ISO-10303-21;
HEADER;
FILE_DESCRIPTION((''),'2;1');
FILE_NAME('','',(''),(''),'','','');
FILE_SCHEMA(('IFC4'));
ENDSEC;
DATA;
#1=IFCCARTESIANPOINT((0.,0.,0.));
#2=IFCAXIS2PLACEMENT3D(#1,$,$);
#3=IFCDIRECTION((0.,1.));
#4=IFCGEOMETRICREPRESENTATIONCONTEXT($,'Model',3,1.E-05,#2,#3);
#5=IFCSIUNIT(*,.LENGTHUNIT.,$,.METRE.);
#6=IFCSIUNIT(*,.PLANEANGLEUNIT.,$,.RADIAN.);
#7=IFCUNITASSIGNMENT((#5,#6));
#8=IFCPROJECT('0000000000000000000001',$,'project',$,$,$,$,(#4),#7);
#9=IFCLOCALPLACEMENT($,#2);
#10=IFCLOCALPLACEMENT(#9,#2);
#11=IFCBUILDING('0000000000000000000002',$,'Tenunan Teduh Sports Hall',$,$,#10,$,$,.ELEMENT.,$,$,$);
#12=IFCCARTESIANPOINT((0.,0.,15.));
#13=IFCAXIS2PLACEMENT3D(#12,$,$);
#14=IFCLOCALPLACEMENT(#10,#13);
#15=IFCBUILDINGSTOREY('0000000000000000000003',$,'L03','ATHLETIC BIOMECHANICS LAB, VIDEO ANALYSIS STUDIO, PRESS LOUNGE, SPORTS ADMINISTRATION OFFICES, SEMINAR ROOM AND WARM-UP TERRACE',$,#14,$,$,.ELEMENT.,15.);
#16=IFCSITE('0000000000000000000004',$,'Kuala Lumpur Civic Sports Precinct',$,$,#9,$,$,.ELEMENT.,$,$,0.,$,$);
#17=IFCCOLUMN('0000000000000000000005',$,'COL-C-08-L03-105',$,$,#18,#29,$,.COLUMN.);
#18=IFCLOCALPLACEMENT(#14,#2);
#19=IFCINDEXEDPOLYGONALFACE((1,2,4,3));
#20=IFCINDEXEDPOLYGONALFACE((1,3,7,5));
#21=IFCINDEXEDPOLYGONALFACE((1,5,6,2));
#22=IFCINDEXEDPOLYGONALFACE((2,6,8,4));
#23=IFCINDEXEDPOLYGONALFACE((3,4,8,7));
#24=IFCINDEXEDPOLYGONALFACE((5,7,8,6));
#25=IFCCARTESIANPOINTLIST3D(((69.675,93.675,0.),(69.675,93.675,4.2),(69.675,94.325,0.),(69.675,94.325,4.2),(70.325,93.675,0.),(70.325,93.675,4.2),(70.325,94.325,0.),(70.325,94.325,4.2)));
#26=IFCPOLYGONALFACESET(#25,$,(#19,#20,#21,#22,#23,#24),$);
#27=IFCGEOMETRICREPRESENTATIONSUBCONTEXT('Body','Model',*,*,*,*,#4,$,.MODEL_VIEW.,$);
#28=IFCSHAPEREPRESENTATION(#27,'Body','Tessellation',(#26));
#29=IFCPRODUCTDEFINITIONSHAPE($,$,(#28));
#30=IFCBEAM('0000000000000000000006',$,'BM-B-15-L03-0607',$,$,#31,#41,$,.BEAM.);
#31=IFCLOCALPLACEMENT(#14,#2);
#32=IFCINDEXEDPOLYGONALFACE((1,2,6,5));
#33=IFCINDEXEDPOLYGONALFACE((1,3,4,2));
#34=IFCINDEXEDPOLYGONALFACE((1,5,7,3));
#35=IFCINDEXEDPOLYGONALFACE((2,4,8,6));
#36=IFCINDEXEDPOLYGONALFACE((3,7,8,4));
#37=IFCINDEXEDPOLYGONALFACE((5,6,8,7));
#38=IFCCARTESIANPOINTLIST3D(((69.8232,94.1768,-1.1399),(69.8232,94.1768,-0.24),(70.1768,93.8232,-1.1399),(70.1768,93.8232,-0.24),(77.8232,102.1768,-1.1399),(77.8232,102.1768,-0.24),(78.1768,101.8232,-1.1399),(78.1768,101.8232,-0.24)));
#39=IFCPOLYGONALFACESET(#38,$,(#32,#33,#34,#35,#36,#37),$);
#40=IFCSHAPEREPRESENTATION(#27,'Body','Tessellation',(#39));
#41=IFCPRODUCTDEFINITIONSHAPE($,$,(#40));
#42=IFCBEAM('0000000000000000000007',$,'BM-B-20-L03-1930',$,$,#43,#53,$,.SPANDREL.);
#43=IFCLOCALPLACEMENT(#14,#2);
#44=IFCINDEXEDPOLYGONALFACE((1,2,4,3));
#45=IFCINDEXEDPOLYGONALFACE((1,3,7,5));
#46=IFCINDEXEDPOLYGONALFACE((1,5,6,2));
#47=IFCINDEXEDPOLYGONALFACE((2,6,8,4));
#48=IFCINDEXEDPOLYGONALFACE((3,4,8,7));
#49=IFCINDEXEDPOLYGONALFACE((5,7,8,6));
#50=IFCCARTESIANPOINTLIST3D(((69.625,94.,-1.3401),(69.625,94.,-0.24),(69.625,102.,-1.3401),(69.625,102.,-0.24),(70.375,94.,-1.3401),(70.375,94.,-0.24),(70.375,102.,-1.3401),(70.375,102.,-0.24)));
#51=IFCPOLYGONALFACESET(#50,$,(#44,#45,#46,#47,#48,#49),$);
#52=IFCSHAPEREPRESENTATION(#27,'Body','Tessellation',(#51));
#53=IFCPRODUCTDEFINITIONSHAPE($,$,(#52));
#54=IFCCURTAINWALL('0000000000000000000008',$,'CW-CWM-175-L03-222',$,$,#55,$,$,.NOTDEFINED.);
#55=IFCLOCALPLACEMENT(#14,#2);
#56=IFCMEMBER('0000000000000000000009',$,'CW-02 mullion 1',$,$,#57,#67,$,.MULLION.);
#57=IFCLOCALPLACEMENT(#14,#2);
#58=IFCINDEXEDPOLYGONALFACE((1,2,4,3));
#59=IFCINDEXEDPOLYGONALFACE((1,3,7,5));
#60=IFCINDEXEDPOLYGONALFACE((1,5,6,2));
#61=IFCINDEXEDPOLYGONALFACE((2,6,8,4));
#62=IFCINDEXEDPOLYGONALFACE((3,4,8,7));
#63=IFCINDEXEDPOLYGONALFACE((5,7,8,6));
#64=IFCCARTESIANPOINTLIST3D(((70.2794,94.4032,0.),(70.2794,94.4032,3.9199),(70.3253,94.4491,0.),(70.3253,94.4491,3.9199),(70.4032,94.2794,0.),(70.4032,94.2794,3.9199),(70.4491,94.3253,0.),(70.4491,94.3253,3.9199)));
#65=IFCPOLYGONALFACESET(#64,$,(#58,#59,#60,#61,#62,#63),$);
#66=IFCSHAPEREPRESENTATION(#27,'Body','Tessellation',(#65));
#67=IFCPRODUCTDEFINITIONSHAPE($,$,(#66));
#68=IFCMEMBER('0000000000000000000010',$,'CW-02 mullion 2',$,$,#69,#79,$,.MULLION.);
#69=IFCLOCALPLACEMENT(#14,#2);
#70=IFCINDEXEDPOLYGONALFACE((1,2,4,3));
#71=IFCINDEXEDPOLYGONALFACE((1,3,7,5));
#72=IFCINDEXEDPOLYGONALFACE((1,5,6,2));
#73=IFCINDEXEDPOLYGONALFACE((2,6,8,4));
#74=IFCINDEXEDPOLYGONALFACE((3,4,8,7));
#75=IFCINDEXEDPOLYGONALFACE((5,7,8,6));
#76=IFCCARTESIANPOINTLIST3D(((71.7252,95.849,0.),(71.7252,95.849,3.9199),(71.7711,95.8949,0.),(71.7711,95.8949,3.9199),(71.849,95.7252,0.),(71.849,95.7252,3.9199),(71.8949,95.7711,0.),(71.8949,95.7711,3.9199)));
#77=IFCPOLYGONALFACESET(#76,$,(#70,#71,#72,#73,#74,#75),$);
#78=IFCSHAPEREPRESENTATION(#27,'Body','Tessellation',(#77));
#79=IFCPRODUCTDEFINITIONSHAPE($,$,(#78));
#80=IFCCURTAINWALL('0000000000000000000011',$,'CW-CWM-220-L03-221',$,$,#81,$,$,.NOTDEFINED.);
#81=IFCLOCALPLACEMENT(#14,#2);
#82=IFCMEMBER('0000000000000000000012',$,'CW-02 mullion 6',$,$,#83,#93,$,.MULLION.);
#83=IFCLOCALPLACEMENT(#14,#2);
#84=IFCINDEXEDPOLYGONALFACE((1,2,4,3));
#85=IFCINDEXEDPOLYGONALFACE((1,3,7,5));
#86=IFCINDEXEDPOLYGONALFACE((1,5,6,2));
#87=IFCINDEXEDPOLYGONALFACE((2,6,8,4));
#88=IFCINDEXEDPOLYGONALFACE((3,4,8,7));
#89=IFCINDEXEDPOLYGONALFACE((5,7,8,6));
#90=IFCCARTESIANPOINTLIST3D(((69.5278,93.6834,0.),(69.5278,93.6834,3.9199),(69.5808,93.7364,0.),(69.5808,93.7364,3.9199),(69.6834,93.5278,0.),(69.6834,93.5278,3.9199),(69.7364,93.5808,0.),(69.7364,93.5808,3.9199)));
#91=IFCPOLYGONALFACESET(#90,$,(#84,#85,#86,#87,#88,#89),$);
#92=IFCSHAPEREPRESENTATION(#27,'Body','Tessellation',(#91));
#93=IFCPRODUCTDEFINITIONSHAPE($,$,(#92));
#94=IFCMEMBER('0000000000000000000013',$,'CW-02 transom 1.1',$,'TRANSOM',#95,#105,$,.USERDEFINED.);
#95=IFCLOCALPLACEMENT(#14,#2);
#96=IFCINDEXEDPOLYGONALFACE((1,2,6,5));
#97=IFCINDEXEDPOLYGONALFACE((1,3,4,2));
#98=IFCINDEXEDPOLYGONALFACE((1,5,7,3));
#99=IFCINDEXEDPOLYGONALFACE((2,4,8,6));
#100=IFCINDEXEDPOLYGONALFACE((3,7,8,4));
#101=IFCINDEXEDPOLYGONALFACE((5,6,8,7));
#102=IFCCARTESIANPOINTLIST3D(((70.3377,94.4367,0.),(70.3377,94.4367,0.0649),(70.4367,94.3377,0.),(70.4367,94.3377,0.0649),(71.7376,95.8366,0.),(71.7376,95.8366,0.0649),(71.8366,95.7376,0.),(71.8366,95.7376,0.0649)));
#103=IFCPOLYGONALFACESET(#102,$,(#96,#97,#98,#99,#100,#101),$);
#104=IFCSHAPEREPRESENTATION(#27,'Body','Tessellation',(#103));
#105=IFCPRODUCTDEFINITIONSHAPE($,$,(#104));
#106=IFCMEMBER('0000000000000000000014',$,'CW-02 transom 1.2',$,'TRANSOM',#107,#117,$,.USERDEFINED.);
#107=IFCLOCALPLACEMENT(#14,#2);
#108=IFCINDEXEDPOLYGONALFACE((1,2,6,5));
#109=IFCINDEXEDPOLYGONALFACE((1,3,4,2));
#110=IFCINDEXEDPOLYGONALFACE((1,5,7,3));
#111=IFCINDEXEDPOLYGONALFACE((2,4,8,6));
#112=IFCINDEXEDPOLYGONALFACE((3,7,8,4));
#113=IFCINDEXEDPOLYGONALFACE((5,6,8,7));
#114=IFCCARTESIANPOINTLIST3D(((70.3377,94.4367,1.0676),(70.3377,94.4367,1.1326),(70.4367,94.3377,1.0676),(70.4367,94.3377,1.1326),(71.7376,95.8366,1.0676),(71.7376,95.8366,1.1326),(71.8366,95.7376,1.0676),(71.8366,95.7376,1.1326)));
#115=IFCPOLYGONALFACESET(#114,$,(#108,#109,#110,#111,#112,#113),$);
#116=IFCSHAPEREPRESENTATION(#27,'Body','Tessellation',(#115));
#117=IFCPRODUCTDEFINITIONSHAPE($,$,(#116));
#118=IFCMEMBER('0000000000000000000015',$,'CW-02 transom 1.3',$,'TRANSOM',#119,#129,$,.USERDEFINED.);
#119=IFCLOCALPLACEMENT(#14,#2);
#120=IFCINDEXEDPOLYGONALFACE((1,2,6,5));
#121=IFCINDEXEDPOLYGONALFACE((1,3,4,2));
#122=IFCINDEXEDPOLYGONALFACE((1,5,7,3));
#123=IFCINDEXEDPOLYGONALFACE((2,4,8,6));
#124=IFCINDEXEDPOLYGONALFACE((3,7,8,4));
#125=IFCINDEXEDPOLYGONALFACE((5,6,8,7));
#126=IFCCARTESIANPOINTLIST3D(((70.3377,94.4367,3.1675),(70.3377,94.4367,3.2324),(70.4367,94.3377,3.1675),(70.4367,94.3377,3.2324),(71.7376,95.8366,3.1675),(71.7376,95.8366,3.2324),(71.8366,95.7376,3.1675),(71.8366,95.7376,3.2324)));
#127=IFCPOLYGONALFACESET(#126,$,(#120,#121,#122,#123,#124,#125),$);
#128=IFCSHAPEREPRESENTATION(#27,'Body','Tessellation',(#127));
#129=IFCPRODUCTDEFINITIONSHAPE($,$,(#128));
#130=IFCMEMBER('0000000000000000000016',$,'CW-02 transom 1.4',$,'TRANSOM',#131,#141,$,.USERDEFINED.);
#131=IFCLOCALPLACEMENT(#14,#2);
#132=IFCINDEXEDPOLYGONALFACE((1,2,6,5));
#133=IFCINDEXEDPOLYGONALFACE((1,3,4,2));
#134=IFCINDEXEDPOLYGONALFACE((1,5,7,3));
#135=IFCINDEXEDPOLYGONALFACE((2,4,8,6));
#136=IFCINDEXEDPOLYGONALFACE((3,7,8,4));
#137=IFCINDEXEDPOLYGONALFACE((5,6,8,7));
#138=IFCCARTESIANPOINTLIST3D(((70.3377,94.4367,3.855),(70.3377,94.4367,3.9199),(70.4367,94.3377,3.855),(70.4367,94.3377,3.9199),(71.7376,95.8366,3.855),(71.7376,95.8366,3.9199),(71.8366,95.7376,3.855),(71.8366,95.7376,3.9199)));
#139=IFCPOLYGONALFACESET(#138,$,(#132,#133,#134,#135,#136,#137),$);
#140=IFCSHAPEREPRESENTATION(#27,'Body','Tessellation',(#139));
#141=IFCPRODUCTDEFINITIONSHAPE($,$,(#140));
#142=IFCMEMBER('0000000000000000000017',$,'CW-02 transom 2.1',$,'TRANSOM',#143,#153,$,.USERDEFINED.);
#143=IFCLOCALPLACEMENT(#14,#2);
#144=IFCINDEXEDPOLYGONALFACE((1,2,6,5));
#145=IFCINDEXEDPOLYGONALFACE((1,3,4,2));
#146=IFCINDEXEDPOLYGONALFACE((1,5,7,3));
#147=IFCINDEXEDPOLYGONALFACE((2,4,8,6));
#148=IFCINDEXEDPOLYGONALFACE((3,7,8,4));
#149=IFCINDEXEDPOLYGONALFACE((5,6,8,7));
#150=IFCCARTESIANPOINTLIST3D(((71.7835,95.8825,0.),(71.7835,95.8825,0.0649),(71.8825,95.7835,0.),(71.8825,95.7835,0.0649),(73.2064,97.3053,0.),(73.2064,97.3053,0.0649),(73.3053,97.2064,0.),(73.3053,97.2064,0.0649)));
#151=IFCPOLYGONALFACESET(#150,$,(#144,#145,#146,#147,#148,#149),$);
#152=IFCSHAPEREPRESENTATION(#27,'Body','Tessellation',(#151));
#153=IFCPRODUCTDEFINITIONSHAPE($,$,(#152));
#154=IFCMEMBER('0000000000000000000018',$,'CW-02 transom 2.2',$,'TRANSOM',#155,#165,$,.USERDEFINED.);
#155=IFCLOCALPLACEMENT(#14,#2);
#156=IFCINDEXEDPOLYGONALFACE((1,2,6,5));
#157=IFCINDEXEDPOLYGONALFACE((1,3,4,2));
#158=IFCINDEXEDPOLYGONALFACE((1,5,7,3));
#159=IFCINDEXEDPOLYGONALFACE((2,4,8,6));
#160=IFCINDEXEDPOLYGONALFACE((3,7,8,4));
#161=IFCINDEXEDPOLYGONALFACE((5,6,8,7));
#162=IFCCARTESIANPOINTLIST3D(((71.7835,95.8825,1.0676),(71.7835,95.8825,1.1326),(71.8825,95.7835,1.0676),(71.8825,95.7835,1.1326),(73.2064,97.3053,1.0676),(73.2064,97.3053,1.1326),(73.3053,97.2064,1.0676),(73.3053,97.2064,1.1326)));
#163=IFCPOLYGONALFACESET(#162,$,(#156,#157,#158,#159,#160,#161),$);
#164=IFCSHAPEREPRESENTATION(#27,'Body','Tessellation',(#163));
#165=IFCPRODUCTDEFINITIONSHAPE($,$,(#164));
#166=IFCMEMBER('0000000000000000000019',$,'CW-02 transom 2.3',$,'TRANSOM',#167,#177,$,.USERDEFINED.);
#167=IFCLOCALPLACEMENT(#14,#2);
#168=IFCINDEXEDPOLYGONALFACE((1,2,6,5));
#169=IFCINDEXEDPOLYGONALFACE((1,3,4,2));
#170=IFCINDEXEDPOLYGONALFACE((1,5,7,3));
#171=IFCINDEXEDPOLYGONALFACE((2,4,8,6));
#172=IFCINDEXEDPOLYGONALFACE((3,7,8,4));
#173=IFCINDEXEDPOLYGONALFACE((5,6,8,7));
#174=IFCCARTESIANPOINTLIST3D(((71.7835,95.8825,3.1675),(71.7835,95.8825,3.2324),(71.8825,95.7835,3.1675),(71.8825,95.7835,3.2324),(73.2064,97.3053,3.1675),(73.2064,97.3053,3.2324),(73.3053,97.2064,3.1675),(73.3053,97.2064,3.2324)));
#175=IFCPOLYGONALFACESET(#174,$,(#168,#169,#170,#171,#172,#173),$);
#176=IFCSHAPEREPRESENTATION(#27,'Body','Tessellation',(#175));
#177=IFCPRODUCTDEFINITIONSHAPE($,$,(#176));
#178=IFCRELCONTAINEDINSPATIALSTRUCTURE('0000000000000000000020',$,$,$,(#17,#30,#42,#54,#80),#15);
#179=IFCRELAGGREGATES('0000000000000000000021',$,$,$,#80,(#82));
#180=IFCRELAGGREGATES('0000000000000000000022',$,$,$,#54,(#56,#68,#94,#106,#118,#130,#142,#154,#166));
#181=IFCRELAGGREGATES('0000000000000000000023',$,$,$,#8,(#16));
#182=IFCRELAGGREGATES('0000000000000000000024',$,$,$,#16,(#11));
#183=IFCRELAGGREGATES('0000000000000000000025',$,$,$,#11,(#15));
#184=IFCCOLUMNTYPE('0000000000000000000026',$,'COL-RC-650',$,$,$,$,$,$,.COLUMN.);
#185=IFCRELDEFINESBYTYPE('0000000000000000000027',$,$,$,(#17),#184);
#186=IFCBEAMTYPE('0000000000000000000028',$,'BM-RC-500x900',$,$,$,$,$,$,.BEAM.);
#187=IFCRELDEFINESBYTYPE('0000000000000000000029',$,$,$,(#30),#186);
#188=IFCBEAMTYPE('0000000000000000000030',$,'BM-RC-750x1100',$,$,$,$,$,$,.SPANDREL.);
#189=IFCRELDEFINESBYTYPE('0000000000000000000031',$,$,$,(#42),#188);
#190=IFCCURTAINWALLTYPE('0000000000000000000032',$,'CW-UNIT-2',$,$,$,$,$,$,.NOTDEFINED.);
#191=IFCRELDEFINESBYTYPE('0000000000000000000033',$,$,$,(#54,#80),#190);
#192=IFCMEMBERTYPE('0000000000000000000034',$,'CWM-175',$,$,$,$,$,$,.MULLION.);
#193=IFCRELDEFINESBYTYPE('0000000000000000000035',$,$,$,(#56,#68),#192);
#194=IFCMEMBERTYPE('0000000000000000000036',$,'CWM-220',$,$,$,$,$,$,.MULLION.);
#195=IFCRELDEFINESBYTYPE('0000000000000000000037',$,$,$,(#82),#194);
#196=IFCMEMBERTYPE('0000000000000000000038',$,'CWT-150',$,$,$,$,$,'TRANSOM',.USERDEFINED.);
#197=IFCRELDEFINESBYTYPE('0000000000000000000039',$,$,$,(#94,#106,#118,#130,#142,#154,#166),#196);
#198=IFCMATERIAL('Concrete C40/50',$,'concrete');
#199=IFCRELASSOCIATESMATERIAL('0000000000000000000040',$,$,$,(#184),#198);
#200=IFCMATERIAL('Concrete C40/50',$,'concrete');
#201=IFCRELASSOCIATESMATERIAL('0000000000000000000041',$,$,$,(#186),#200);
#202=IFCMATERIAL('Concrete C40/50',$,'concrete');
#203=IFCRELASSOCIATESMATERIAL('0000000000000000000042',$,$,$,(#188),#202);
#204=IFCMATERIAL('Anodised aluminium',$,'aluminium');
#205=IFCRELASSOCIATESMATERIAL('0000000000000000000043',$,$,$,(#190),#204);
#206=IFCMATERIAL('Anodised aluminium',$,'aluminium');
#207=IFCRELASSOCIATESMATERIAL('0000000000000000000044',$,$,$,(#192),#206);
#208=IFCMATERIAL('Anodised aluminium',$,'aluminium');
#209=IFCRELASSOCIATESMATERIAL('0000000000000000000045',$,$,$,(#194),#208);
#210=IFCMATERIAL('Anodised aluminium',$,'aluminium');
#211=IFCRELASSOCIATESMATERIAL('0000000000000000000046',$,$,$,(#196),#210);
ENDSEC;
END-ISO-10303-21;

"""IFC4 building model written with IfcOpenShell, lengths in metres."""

from ifc_helpers import new_model, si_unit, direction, frame, origin, origin_2d, place, context, subcontext, project, spatial, rectangle, extrude, material, material_profile, profile_set, type_object, element, aggregate, save


model = new_model("IFC4")

# Units and contexts
model_context = context("Model", 3, precision=1e-05, world=origin(), true_north=direction((0.0, 1.0)))
body_context = subcontext(model_context, "Body", "Model", "MODEL_VIEW")
ifc_project = project(units=[si_unit("LENGTHUNIT", "METRE"), si_unit("PLANEANGLEUNIT", "RADIAN")], contexts=[model_context])

# Site, building, storey
site_placement = place(None, origin())
site = spatial("IfcSite", under=ifc_project, at=site_placement, Name="Kuala Lumpur Civic Sports Precinct", CompositionType="ELEMENT", RefElevation=0.0)
building_placement = place(site_placement, origin())
building = spatial("IfcBuilding", under=site, at=building_placement, Name="Tenunan Teduh Sports Hall", CompositionType="ELEMENT")
storey_placement = place(building_placement, frame((0.0, 0.0, 15.0)))
storey = spatial("IfcBuildingStorey", under=building, at=storey_placement, Name="L03", Description="ATHLETIC BIOMECHANICS LAB, VIDEO ANALYSIS STUDIO, PRESS LOUNGE, SPORTS ADMINISTRATION OFFICES, SEMINAR ROOM AND WARM-UP TERRACE", CompositionType="ELEMENT", Elevation=15.0)

# Column
ifc_material_1 = material(Name="Concrete C40/50", Category="concrete")
ifc_material_profile_1 = material_profile(ifc_material_1, rectangle(XDim=0.6499, YDim=0.6499, at=origin_2d()), Name="RC 650x650")
ifc_profile_set_1 = profile_set([ifc_material_profile_1], Name="Concrete C40/50")
column_type = type_object("IfcColumnType", Name="COL-RC-650", PredefinedType="COLUMN", material=ifc_profile_set_1)
column_placement = place(storey_placement, frame((70.0, 94.0, 0.0), z_axis=(0.0, 0.0, 1.0), x_axis=(1.0, 0.0, 0.0)))
element("IfcColumn", 1, at=column_placement, inside=storey, type_object=column_type, Name="COL-C-08-L03-105", PredefinedType="COLUMN", context=body_context, shape_type="SweptSolid", body=[
    extrude(rectangle(XDim=0.6499, YDim=0.6499, at=origin_2d()), origin(), (0.0, 0.0, 1.0), 4.2),
])

# Beams
ifc_material_2 = material(Name="Concrete C40/50", Category="concrete")
ifc_material_profile_2 = material_profile(ifc_material_2, rectangle(XDim=0.5, YDim=0.8999, at=origin_2d()), Name="RCB 500x900")
ifc_profile_set_2 = profile_set([ifc_material_profile_2], Name="Concrete C40/50")
beam_type_1 = type_object("IfcBeamType", Name="BM-RC-500x900", PredefinedType="BEAM", material=ifc_profile_set_2)
beam_1_placement = place(storey_placement, frame((70.0, 94.0, -0.6899), z_axis=(0.707107, 0.707107, 0.0), x_axis=(-0.707107, 0.707107, 0.0)))
element("IfcBeam", 2, at=beam_1_placement, inside=storey, type_object=beam_type_1, Name="BM-B-15-L03-0607", PredefinedType="BEAM", context=body_context, shape_type="SweptSolid", body=[
    extrude(rectangle(XDim=0.5, YDim=0.8999, at=origin_2d()), origin(), (0.0, 0.0, 1.0), 11.3137),
])
ifc_material_3 = material(Name="Concrete C40/50", Category="concrete")
ifc_material_profile_3 = material_profile(ifc_material_3, rectangle(XDim=0.75, YDim=1.1001, at=origin_2d()), Name="RCB 750x1100")
ifc_profile_set_3 = profile_set([ifc_material_profile_3], Name="Concrete C40/50")
beam_type_2 = type_object("IfcBeamType", Name="BM-RC-750x1100", PredefinedType="SPANDREL", material=ifc_profile_set_3)
beam_2_placement = place(storey_placement, frame((70.0, 94.0, -0.79), z_axis=(0.0, 1.0, 0.0), x_axis=(-1.0, 0.0, 0.0)))
element("IfcBeam", 3, at=beam_2_placement, inside=storey, type_object=beam_type_2, Name="BM-B-20-L03-1930", PredefinedType="SPANDREL", context=body_context, shape_type="SweptSolid", body=[
    extrude(rectangle(XDim=0.75, YDim=1.1001, at=origin_2d()), origin(), (0.0, 0.0, 1.0), 8.0),
])

# Curtain wall, members
ifc_material_4 = material(Name="Anodised aluminium", Category="aluminium")
curtain_wall_type = type_object("IfcCurtainWallType", Name="CW-UNIT-2", PredefinedType="NOTDEFINED", material=ifc_material_4)
curtain_wall_1_placement = place(storey_placement, origin())
curtain_wall_1 = element("IfcCurtainWall", 4, at=curtain_wall_1_placement, inside=storey, type_object=curtain_wall_type, Name="CW-CWM-175-L03-222", PredefinedType="NOTDEFINED")
ifc_material_5 = material(Name="Anodised aluminium", Category="aluminium")
ifc_material_profile_4 = material_profile(ifc_material_5, rectangle(XDim=0.0649, YDim=0.175, at=origin_2d()), Name="CWM 65x175")
ifc_profile_set_4 = profile_set([ifc_material_profile_4], Name="Anodised aluminium")
member_type_1 = type_object("IfcMemberType", Name="CWM-175", PredefinedType="MULLION", material=ifc_profile_set_4)
member_1_placement = place(storey_placement, frame((70.3643, 94.3643, 0.0), z_axis=(0.0, 0.0, 1.0), x_axis=(0.707107, 0.707107, 0.0)))
member_1 = element("IfcMember", 5, at=member_1_placement, type_object=member_type_1, Name="CW-02 mullion 1", PredefinedType="MULLION", context=body_context, shape_type="SweptSolid", body=[
    extrude(rectangle(XDim=0.0649, YDim=0.175, at=origin_2d()), origin(), (0.0, 0.0, 1.0), 3.9199),
])
member_2_placement = place(storey_placement, frame((71.8101, 95.8101, 0.0), z_axis=(0.0, 0.0, 1.0), x_axis=(0.707107, 0.707107, 0.0)))
member_2 = element("IfcMember", 6, at=member_2_placement, type_object=member_type_1, Name="CW-02 mullion 2", PredefinedType="MULLION", context=body_context, shape_type="SweptSolid", body=[
    extrude(rectangle(XDim=0.0649, YDim=0.175, at=origin_2d()), origin(), (0.0, 0.0, 1.0), 3.9199),
])

# Curtain wall, member
curtain_wall_2_placement = place(storey_placement, origin())
curtain_wall_2 = element("IfcCurtainWall", 7, at=curtain_wall_2_placement, inside=storey, type_object=curtain_wall_type, Name="CW-CWM-220-L03-221", PredefinedType="NOTDEFINED")
ifc_material_6 = material(Name="Anodised aluminium", Category="aluminium")
ifc_material_profile_5 = material_profile(ifc_material_6, rectangle(XDim=0.075, YDim=0.22, at=origin_2d()), Name="CWM 75x220")
ifc_profile_set_5 = profile_set([ifc_material_profile_5], Name="Anodised aluminium")
member_type_2 = type_object("IfcMemberType", Name="CWM-220", PredefinedType="MULLION", material=ifc_profile_set_5)
member_3_placement = place(storey_placement, frame((69.6321, 93.6321, 0.0), z_axis=(0.0, 0.0, 1.0), x_axis=(0.707102, 0.707112, 0.0)))
member_3 = element("IfcMember", 8, at=member_3_placement, type_object=member_type_2, Name="CW-02 mullion 6", PredefinedType="MULLION", context=body_context, shape_type="SweptSolid", body=[
    extrude(rectangle(XDim=0.075, YDim=0.22, at=origin_2d()), origin(), (0.0, 0.0, 1.0), 3.9199),
])

# Members
ifc_material_7 = material(Name="Anodised aluminium", Category="aluminium")
ifc_material_profile_6 = material_profile(ifc_material_7, rectangle(XDim=0.0649, YDim=0.1399, at=origin_2d()), Name="CWT 65x140")
ifc_profile_set_6 = profile_set([ifc_material_profile_6], Name="Anodised aluminium")
member_type_3 = type_object("IfcMemberType", Name="CWT-150", ElementType="TRANSOM", PredefinedType="USERDEFINED", material=ifc_profile_set_6)
member_4_placement = place(storey_placement, frame((70.3872, 94.3872, 0.0325), z_axis=(0.707107, 0.707107, 0.0), x_axis=(0.0, 0.0, 1.0)))
member_4 = element("IfcMember", 9, at=member_4_placement, type_object=member_type_3, Name="CW-02 transom 1.1", ObjectType="TRANSOM", PredefinedType="USERDEFINED", context=body_context, shape_type="SweptSolid", body=[
    extrude(rectangle(XDim=0.0649, YDim=0.1399, at=origin_2d()), origin(), (0.0, 0.0, 1.0), 1.9797),
])
member_5_placement = place(storey_placement, frame((70.3872, 94.3872, 1.1001), z_axis=(0.707107, 0.707107, 0.0), x_axis=(0.0, 0.0, 1.0)))
member_5 = element("IfcMember", 10, at=member_5_placement, type_object=member_type_3, Name="CW-02 transom 1.2", ObjectType="TRANSOM", PredefinedType="USERDEFINED", context=body_context, shape_type="SweptSolid", body=[
    extrude(rectangle(XDim=0.0649, YDim=0.1399, at=origin_2d()), origin(), (0.0, 0.0, 1.0), 1.9797),
])
member_6_placement = place(storey_placement, frame((70.3872, 94.3872, 3.2), z_axis=(0.707107, 0.707107, 0.0), x_axis=(0.0, 0.0, 1.0)))
member_6 = element("IfcMember", 11, at=member_6_placement, type_object=member_type_3, Name="CW-02 transom 1.3", ObjectType="TRANSOM", PredefinedType="USERDEFINED", context=body_context, shape_type="SweptSolid", body=[
    extrude(rectangle(XDim=0.0649, YDim=0.1399, at=origin_2d()), origin(), (0.0, 0.0, 1.0), 1.9797),
])
member_7_placement = place(storey_placement, frame((70.3872, 94.3872, 3.8875), z_axis=(0.707107, 0.707107, 0.0), x_axis=(0.0, 0.0, 1.0)))
member_7 = element("IfcMember", 12, at=member_7_placement, type_object=member_type_3, Name="CW-02 transom 1.4", ObjectType="TRANSOM", PredefinedType="USERDEFINED", context=body_context, shape_type="SweptSolid", body=[
    extrude(rectangle(XDim=0.0649, YDim=0.1399, at=origin_2d()), origin(), (0.0, 0.0, 1.0), 1.9797),
])
member_8_placement = place(storey_placement, frame((71.833, 95.833, 0.0325), z_axis=(0.707107, 0.707107, 0.0), x_axis=(0.0, 0.0, 1.0)))
member_8 = element("IfcMember", 13, at=member_8_placement, type_object=member_type_3, Name="CW-02 transom 2.1", ObjectType="TRANSOM", PredefinedType="USERDEFINED", context=body_context, shape_type="SweptSolid", body=[
    extrude(rectangle(XDim=0.0649, YDim=0.1399, at=origin_2d()), origin(), (0.0, 0.0, 1.0), 2.0122),
])
member_9_placement = place(storey_placement, frame((71.833, 95.833, 1.1001), z_axis=(0.707107, 0.707107, 0.0), x_axis=(0.0, 0.0, 1.0)))
member_9 = element("IfcMember", 14, at=member_9_placement, type_object=member_type_3, Name="CW-02 transom 2.2", ObjectType="TRANSOM", PredefinedType="USERDEFINED", context=body_context, shape_type="SweptSolid", body=[
    extrude(rectangle(XDim=0.0649, YDim=0.1399, at=origin_2d()), origin(), (0.0, 0.0, 1.0), 2.0122),
])
member_10_placement = place(storey_placement, frame((71.833, 95.833, 3.2), z_axis=(0.707107, 0.707107, 0.0), x_axis=(0.0, 0.0, 1.0)))
member_10 = element("IfcMember", 15, at=member_10_placement, type_object=member_type_3, Name="CW-02 transom 2.3", ObjectType="TRANSOM", PredefinedType="USERDEFINED", context=body_context, shape_type="SweptSolid", body=[
    extrude(rectangle(XDim=0.0649, YDim=0.1399, at=origin_2d()), origin(), (0.0, 0.0, 1.0), 2.0122),
])

aggregate(curtain_wall_2, [member_3])
aggregate(curtain_wall_1, [member_1, member_2, member_4, member_5, member_6, member_7, member_8, member_9, member_10])

save(model, "model.ifc")
